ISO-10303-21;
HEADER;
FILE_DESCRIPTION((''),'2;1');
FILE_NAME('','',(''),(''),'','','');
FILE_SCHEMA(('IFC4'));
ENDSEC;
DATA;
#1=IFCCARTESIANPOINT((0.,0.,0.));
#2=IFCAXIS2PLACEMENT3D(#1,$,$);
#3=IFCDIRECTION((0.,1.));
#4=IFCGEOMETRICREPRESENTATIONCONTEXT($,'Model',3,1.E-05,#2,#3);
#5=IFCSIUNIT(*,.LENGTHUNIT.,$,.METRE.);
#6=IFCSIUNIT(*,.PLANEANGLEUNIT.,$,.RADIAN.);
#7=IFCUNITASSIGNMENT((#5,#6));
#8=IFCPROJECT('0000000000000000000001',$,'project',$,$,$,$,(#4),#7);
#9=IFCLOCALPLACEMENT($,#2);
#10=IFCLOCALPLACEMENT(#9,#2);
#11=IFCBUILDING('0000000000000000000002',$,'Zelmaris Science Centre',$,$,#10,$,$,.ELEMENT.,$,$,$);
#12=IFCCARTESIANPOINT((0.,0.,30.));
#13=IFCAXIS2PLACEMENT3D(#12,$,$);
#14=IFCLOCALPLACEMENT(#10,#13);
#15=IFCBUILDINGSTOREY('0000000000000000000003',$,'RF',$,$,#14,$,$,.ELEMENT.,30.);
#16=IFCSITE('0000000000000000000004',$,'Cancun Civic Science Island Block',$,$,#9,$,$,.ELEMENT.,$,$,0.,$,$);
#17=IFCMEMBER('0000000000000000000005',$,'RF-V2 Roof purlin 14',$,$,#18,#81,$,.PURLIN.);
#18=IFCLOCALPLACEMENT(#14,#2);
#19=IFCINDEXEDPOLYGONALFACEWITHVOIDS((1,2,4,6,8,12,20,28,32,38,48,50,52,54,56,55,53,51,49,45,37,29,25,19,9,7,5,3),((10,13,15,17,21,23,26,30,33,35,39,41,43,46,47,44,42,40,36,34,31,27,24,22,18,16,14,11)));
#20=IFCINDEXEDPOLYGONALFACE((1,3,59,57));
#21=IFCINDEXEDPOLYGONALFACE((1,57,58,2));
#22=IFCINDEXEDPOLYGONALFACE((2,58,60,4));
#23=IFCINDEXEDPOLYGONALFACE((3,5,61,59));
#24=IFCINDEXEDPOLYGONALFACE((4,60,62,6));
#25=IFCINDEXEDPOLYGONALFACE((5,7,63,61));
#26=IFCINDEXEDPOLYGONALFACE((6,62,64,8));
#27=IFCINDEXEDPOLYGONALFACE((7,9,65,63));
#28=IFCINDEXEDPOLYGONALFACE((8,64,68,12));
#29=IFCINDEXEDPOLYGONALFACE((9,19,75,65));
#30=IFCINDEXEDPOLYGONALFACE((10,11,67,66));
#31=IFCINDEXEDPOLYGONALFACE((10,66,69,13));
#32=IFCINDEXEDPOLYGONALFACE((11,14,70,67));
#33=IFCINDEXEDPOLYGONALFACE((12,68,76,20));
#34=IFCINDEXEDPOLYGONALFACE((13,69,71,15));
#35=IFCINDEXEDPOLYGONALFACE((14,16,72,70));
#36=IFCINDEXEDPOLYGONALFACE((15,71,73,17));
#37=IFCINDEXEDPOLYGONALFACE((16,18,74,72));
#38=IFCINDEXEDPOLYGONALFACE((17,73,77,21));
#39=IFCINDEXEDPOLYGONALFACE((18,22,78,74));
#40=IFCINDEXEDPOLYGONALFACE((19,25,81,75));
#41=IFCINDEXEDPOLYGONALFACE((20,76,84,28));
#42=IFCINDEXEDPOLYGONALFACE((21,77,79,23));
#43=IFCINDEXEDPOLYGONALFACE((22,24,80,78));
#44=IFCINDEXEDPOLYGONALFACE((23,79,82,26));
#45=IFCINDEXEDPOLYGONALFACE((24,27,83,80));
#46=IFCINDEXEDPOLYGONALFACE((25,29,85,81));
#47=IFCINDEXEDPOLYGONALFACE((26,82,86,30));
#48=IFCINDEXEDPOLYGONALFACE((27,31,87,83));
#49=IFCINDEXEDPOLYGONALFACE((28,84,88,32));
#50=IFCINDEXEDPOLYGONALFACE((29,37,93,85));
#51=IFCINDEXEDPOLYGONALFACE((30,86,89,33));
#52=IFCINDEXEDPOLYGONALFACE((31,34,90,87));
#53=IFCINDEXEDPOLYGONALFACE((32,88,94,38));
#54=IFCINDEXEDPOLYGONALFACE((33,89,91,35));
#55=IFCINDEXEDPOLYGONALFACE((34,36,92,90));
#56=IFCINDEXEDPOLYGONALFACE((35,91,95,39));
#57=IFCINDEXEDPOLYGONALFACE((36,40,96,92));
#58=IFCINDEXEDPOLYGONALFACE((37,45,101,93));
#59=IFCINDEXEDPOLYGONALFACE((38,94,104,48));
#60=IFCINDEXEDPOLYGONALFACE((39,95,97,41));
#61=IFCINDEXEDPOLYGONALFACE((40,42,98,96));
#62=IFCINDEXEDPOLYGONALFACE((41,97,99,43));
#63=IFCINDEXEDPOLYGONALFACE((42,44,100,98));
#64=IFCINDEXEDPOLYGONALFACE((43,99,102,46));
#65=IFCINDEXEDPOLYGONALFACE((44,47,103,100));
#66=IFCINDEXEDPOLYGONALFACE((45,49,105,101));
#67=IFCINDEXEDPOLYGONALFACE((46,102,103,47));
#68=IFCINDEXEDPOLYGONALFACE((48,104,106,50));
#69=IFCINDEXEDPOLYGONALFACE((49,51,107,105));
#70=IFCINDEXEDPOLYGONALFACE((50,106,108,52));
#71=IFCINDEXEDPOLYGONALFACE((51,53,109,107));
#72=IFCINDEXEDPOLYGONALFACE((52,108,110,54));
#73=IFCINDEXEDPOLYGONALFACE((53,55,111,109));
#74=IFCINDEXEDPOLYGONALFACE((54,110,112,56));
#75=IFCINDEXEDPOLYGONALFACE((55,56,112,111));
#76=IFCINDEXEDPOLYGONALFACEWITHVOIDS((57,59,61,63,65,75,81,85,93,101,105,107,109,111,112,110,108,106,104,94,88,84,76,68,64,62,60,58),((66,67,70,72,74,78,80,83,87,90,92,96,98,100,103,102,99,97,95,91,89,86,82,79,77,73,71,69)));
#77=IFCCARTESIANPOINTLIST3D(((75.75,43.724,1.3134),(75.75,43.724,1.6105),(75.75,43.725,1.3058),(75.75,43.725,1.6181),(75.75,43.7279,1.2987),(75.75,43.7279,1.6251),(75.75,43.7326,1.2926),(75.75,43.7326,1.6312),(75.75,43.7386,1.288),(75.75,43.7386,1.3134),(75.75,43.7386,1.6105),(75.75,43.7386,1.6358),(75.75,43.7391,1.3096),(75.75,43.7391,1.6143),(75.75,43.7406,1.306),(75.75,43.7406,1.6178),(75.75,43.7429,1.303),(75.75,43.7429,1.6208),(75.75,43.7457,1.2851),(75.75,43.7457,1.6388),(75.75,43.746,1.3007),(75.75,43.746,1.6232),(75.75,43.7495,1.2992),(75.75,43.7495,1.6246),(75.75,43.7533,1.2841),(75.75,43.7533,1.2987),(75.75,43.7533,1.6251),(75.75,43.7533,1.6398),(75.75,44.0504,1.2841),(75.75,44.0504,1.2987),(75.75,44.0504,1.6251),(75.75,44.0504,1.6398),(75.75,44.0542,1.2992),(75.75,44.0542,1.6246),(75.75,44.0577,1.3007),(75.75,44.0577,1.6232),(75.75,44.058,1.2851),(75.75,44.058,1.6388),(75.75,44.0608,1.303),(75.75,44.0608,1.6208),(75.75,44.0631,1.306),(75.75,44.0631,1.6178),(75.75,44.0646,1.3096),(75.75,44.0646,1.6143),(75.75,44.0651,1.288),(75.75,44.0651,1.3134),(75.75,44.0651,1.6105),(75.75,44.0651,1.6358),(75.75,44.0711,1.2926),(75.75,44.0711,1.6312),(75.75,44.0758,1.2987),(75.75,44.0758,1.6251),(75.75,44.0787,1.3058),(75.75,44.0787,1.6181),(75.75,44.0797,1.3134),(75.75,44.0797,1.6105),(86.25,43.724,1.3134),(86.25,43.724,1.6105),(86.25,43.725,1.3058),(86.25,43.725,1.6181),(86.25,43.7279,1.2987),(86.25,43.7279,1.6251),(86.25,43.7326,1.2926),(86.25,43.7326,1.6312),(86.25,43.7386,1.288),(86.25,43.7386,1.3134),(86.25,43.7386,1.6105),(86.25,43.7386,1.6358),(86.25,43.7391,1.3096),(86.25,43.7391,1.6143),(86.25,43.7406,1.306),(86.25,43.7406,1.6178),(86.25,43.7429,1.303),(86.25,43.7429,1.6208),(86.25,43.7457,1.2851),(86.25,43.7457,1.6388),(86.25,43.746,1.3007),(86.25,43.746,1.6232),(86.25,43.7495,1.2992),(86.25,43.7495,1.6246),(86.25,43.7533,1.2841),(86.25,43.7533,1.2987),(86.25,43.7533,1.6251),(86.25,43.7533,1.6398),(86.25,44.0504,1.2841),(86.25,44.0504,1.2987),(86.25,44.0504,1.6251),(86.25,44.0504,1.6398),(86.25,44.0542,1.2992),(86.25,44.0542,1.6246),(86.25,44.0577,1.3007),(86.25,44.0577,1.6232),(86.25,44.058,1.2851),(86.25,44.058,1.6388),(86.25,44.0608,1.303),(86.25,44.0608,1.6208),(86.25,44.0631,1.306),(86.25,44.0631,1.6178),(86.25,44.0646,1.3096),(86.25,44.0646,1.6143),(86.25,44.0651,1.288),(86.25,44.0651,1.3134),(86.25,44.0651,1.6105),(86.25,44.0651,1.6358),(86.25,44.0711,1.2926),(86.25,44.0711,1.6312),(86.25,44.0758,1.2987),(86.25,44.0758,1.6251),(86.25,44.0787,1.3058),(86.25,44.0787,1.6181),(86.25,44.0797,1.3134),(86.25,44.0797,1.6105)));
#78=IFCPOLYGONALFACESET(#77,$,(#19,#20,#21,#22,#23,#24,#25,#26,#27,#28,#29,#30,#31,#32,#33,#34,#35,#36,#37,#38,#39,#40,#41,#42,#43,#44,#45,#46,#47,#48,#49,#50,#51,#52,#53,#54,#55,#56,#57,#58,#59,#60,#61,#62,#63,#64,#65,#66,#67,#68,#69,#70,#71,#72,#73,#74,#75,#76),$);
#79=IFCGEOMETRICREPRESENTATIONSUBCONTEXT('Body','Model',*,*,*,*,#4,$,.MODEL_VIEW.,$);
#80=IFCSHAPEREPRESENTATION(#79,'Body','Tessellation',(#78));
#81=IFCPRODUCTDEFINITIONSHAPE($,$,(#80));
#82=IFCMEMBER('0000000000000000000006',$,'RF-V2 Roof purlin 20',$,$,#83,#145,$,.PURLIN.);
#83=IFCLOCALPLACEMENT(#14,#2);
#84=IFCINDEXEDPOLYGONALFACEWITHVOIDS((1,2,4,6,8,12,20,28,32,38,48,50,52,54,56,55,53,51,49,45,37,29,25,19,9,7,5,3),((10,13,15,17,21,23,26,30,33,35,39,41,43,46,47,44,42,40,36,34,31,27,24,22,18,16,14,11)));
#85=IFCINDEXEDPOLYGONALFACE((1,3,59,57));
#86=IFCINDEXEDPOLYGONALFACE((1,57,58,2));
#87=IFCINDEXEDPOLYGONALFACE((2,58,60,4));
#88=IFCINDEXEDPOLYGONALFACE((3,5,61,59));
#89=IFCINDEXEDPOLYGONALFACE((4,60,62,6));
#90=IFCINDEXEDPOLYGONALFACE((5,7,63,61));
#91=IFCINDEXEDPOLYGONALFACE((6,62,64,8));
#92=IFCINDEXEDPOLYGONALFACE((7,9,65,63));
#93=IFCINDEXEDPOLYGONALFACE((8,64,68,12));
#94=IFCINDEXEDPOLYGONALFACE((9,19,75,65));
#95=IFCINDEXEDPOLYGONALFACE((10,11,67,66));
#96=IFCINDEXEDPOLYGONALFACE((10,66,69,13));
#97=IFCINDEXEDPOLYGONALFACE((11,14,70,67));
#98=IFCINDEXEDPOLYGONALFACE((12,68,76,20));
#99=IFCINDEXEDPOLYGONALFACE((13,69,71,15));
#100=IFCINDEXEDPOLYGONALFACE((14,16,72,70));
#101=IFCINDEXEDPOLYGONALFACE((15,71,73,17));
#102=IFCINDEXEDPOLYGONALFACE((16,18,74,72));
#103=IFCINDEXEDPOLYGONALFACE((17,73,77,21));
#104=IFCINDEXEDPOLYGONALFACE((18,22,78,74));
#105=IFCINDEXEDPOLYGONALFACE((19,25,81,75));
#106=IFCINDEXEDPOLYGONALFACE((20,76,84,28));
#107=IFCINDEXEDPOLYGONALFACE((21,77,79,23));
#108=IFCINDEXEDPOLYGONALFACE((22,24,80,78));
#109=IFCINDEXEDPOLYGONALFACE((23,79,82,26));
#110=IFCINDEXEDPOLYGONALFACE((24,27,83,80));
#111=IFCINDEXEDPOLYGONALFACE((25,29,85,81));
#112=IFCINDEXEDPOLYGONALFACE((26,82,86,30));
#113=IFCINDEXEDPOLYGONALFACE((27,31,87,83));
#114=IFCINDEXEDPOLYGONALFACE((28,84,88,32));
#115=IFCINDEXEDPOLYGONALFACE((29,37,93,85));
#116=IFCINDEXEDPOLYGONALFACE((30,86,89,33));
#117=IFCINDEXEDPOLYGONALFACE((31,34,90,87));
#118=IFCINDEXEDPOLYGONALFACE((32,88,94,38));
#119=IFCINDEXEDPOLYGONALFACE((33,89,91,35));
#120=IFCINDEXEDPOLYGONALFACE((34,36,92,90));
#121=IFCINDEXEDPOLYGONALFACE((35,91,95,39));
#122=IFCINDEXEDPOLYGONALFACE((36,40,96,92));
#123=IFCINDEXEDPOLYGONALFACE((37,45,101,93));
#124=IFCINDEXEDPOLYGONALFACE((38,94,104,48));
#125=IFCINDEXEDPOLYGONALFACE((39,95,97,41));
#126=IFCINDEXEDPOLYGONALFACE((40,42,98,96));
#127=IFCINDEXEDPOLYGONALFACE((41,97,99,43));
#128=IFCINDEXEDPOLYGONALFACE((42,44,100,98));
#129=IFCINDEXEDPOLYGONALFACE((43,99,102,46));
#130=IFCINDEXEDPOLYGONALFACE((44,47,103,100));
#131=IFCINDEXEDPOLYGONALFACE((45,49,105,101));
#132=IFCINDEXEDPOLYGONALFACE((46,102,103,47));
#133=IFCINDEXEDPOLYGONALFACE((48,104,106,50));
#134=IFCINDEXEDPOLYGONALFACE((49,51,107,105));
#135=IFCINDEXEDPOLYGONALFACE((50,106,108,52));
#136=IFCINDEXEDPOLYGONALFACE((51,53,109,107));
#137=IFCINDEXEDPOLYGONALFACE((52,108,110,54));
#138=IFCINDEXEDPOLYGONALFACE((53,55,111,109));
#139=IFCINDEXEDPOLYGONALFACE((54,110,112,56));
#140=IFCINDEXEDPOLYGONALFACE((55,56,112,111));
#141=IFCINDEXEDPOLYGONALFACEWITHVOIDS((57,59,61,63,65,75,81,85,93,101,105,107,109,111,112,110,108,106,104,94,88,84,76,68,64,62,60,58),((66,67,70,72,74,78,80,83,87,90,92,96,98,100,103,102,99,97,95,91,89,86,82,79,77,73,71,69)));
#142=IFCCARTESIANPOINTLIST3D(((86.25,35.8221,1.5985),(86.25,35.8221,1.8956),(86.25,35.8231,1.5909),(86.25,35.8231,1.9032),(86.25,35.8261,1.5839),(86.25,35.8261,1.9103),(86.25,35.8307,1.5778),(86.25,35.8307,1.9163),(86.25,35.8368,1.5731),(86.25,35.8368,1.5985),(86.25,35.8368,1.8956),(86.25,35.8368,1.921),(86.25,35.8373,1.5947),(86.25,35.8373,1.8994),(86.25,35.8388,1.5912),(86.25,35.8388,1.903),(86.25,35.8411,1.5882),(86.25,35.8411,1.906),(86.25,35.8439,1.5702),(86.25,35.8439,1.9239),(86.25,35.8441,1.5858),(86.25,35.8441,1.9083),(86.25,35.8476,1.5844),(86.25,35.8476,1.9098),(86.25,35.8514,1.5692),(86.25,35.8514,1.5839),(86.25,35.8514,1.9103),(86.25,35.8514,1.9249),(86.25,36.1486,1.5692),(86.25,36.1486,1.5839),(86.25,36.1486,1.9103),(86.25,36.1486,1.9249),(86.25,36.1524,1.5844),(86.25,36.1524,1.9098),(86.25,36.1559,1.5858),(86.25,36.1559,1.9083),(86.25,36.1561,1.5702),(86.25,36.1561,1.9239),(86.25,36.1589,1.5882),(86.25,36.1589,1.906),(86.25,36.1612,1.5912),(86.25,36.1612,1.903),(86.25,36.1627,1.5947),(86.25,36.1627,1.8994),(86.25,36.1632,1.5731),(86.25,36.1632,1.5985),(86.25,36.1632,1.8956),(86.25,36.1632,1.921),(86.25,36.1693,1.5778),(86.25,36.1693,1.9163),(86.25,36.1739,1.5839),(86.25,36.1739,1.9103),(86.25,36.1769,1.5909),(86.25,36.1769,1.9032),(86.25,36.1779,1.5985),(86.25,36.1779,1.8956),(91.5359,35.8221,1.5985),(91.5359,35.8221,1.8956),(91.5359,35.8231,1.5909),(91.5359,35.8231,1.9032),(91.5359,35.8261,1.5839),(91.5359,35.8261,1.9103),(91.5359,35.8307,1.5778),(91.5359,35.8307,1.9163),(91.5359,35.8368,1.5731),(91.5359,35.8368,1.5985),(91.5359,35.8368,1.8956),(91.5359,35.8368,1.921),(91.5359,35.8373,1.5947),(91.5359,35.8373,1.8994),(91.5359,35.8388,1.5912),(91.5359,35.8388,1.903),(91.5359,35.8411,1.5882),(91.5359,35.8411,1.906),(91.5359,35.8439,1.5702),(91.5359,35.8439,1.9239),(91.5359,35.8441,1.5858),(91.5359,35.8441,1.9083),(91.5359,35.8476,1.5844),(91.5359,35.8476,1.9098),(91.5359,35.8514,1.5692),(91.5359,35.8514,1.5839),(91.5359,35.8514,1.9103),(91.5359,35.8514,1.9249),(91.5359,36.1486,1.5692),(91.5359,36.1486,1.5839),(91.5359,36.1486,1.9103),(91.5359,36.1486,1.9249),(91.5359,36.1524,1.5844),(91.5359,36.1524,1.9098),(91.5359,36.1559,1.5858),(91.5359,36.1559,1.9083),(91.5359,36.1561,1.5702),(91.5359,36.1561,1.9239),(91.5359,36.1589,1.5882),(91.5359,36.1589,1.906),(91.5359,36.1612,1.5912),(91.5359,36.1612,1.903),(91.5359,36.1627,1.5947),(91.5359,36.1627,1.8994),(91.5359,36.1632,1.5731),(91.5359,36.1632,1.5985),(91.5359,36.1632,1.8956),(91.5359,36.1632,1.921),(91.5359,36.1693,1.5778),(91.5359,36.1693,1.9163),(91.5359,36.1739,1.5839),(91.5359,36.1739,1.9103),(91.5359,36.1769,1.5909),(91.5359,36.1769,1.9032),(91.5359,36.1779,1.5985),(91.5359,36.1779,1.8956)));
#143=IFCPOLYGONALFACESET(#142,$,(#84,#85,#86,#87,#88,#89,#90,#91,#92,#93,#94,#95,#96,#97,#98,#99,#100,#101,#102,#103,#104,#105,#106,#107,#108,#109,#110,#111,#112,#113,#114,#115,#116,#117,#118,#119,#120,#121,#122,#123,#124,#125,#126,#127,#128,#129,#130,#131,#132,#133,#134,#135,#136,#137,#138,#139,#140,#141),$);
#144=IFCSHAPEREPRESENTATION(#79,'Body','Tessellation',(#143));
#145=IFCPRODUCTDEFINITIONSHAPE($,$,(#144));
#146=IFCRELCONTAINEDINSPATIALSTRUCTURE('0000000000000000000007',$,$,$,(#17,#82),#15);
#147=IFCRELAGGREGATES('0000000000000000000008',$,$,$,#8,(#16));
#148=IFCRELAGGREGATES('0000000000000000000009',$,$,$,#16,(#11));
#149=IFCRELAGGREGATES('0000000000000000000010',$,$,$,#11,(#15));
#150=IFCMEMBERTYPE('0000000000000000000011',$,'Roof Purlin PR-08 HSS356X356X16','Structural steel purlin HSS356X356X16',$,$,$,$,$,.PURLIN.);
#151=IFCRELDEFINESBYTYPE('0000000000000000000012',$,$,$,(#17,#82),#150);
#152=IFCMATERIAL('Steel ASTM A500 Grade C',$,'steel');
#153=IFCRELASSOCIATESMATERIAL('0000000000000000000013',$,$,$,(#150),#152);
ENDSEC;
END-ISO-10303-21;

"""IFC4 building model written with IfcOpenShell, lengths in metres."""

from ifc_helpers import new_model, si_unit, direction, frame, origin, origin_2d, place, context, subcontext, project, spatial, hollow_rectangle, extrude, material, material_profile, profile_set, type_object, element, save


model = new_model("IFC4")

# Units and contexts
model_context = context("Model", 3, precision=1e-05, world=origin(), true_north=direction((0.0, 1.0)))
body_context = subcontext(model_context, "Body", "Model", "MODEL_VIEW")
ifc_project = project(units=[si_unit("LENGTHUNIT", "METRE"), si_unit("PLANEANGLEUNIT", "RADIAN")], contexts=[model_context])

# Site, building, storey
site_placement = place(None, origin())
site = spatial("IfcSite", under=ifc_project, at=site_placement, Name="Cancun Civic Science Island Block", CompositionType="ELEMENT", RefElevation=0.0)
building_placement = place(site_placement, origin())
building = spatial("IfcBuilding", under=site, at=building_placement, Name="Zelmaris Science Centre", CompositionType="ELEMENT")
storey_placement = place(building_placement, frame((0.0, 0.0, 30.0)))
storey = spatial("IfcBuildingStorey", under=building, at=storey_placement, Name="RF", CompositionType="ELEMENT", Elevation=30.0)

# Shared definitions
ifc_material_1 = material(Name="Steel ASTM A500 Grade C", Category="steel")

# Members
ifc_material_profile_1 = material_profile(ifc_material_1, hollow_rectangle(XDim=0.3557, YDim=0.3557, WallThickness=0.0146, InnerFilletRadius=0.0146, OuterFilletRadius=0.0293, at=origin_2d()), Name="HSS356X356X16")
ifc_profile_set_1 = profile_set([ifc_material_profile_1], Name="Steel ASTM A500 Grade C")
member_type_1 = type_object("IfcMemberType", Name="Roof Purlin PR-08 HSS356X356X16", Description="Structural steel purlin HSS356X356X16", PredefinedType="PURLIN", material=ifc_profile_set_1)
member_1_placement = place(storey_placement, frame((75.75, 43.9019, 1.4619), z_axis=(1.0, 0.0, 0.0), x_axis=(0.0, 1.0, 0.0)))
element("IfcMember", 1, at=member_1_placement, inside=storey, type_object=member_type_1, Name="RF-V2 Roof purlin 14", PredefinedType="PURLIN", context=body_context, shape_type="SweptSolid", body=[
    extrude(hollow_rectangle(XDim=0.3557, YDim=0.3557, WallThickness=0.0146, InnerFilletRadius=0.0146, OuterFilletRadius=0.0293, at=origin_2d()), origin(), (0.0, 0.0, 1.0), 10.5),
])
member_2_placement = place(storey_placement, frame((86.25, 36.0, 1.7471), z_axis=(1.0, 0.0, 0.0), x_axis=(0.0, 1.0, 0.0)))
element("IfcMember", 2, at=member_2_placement, inside=storey, type_object=member_type_1, Name="RF-V2 Roof purlin 20", PredefinedType="PURLIN", context=body_context, shape_type="SweptSolid", body=[
    extrude(hollow_rectangle(XDim=0.3557, YDim=0.3557, WallThickness=0.0146, InnerFilletRadius=0.0146, OuterFilletRadius=0.0293, at=origin_2d()), origin(), (0.0, 0.0, 1.0), 5.2859),
])

save(model, "model.ifc")
